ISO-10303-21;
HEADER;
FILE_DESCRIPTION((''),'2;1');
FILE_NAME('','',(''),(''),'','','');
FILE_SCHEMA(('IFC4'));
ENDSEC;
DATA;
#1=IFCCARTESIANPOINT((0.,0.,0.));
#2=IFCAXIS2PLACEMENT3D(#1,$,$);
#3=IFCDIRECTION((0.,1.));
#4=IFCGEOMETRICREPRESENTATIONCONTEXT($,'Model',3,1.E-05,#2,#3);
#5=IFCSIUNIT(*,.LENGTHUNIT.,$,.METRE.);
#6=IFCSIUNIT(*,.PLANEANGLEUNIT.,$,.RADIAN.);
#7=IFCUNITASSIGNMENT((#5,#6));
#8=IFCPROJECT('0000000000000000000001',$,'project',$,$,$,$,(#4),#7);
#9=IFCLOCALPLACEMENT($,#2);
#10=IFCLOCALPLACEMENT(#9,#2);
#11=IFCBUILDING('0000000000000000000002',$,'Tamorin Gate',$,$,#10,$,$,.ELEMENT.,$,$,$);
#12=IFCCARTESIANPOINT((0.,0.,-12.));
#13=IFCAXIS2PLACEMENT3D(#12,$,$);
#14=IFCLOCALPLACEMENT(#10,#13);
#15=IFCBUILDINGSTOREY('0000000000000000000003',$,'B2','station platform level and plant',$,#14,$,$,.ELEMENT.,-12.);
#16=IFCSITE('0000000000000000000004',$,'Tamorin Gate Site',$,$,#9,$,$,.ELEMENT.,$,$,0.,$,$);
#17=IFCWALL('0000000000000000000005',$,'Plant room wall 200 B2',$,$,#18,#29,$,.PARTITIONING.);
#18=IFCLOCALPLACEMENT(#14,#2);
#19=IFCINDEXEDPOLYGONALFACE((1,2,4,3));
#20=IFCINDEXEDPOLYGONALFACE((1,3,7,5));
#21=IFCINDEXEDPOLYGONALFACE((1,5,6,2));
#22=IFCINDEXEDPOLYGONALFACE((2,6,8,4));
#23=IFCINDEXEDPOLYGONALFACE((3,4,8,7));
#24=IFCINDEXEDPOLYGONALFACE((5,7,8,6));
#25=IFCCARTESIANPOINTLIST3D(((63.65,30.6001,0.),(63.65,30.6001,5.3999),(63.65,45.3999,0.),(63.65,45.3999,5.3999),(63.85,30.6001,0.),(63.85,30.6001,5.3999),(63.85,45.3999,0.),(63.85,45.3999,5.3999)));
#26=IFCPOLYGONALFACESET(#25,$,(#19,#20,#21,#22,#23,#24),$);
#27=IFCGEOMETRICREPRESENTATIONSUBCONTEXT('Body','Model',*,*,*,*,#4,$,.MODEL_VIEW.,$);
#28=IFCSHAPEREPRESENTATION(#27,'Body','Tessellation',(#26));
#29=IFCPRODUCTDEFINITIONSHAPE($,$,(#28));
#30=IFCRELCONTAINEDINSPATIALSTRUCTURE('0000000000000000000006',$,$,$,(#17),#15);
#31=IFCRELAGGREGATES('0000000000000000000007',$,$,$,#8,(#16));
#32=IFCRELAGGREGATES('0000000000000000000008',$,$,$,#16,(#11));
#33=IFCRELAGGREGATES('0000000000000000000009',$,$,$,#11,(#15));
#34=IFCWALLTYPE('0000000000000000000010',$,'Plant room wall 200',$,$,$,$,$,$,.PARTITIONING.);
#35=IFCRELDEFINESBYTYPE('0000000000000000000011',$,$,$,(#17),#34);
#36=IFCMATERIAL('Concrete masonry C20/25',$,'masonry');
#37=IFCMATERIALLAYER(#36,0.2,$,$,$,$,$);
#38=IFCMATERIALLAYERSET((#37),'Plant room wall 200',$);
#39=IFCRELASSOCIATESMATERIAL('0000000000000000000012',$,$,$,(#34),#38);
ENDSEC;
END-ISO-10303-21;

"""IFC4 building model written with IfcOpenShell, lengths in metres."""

from ifc_helpers import new_model, si_unit, direction, frame, frame_2d, origin, place, context, subcontext, project, spatial, rectangle, extrude, material, layer, layer_set, type_object, element, save


model = new_model("IFC4")

# Units and contexts
model_context = context("Model", 3, precision=1e-05, world=origin(), true_north=direction((0.0, 1.0)))
body_context = subcontext(model_context, "Body", "Model", "MODEL_VIEW")
ifc_project = project(units=[si_unit("LENGTHUNIT", "METRE"), si_unit("PLANEANGLEUNIT", "RADIAN")], contexts=[model_context])

# Site, building, storey
site_placement = place(None, origin())
site = spatial("IfcSite", under=ifc_project, at=site_placement, Name="Tamorin Gate Site", CompositionType="ELEMENT", RefElevation=0.0)
building_placement = place(site_placement, origin())
building = spatial("IfcBuilding", under=site, at=building_placement, Name="Tamorin Gate", CompositionType="ELEMENT")
storey_placement = place(building_placement, frame((0.0, 0.0, -12.0)))
storey = spatial("IfcBuildingStorey", under=building, at=storey_placement, Name="B2", Description="station platform level and plant", CompositionType="ELEMENT", Elevation=-12.0)

# Shared definitions
ifc_material_1 = material(Name="Concrete masonry C20/25", Category="masonry")
ifc_layer = layer(ifc_material_1, 0.2)
ifc_layer_set = layer_set([ifc_layer], Name="Plant room wall 200")
wall_type = type_object("IfcWallType", Name="Plant room wall 200", PredefinedType="PARTITIONING", material=ifc_layer_set)

# Wall
for number, where, z_axis, x_axis, name in (
    (1, (63.75, 30.6001, 0.0), (0.0, 0.0, 1.0), (0.0, 1.0, 0.0), "Plant room wall 200 B2"),
):
    element("IfcWall", number, at=place(storey_placement, frame(where, z_axis=z_axis, x_axis=x_axis)), inside=storey, type_object=wall_type, Name=name, PredefinedType="PARTITIONING", context=body_context, shape_type="SweptSolid", body=[
        extrude(rectangle(XDim=14.7998, YDim=0.2, at=frame_2d((7.3999, 0.0))), origin(), (0.0, 0.0, 1.0), 5.3999),
    ])

save(model, "model.ifc")
